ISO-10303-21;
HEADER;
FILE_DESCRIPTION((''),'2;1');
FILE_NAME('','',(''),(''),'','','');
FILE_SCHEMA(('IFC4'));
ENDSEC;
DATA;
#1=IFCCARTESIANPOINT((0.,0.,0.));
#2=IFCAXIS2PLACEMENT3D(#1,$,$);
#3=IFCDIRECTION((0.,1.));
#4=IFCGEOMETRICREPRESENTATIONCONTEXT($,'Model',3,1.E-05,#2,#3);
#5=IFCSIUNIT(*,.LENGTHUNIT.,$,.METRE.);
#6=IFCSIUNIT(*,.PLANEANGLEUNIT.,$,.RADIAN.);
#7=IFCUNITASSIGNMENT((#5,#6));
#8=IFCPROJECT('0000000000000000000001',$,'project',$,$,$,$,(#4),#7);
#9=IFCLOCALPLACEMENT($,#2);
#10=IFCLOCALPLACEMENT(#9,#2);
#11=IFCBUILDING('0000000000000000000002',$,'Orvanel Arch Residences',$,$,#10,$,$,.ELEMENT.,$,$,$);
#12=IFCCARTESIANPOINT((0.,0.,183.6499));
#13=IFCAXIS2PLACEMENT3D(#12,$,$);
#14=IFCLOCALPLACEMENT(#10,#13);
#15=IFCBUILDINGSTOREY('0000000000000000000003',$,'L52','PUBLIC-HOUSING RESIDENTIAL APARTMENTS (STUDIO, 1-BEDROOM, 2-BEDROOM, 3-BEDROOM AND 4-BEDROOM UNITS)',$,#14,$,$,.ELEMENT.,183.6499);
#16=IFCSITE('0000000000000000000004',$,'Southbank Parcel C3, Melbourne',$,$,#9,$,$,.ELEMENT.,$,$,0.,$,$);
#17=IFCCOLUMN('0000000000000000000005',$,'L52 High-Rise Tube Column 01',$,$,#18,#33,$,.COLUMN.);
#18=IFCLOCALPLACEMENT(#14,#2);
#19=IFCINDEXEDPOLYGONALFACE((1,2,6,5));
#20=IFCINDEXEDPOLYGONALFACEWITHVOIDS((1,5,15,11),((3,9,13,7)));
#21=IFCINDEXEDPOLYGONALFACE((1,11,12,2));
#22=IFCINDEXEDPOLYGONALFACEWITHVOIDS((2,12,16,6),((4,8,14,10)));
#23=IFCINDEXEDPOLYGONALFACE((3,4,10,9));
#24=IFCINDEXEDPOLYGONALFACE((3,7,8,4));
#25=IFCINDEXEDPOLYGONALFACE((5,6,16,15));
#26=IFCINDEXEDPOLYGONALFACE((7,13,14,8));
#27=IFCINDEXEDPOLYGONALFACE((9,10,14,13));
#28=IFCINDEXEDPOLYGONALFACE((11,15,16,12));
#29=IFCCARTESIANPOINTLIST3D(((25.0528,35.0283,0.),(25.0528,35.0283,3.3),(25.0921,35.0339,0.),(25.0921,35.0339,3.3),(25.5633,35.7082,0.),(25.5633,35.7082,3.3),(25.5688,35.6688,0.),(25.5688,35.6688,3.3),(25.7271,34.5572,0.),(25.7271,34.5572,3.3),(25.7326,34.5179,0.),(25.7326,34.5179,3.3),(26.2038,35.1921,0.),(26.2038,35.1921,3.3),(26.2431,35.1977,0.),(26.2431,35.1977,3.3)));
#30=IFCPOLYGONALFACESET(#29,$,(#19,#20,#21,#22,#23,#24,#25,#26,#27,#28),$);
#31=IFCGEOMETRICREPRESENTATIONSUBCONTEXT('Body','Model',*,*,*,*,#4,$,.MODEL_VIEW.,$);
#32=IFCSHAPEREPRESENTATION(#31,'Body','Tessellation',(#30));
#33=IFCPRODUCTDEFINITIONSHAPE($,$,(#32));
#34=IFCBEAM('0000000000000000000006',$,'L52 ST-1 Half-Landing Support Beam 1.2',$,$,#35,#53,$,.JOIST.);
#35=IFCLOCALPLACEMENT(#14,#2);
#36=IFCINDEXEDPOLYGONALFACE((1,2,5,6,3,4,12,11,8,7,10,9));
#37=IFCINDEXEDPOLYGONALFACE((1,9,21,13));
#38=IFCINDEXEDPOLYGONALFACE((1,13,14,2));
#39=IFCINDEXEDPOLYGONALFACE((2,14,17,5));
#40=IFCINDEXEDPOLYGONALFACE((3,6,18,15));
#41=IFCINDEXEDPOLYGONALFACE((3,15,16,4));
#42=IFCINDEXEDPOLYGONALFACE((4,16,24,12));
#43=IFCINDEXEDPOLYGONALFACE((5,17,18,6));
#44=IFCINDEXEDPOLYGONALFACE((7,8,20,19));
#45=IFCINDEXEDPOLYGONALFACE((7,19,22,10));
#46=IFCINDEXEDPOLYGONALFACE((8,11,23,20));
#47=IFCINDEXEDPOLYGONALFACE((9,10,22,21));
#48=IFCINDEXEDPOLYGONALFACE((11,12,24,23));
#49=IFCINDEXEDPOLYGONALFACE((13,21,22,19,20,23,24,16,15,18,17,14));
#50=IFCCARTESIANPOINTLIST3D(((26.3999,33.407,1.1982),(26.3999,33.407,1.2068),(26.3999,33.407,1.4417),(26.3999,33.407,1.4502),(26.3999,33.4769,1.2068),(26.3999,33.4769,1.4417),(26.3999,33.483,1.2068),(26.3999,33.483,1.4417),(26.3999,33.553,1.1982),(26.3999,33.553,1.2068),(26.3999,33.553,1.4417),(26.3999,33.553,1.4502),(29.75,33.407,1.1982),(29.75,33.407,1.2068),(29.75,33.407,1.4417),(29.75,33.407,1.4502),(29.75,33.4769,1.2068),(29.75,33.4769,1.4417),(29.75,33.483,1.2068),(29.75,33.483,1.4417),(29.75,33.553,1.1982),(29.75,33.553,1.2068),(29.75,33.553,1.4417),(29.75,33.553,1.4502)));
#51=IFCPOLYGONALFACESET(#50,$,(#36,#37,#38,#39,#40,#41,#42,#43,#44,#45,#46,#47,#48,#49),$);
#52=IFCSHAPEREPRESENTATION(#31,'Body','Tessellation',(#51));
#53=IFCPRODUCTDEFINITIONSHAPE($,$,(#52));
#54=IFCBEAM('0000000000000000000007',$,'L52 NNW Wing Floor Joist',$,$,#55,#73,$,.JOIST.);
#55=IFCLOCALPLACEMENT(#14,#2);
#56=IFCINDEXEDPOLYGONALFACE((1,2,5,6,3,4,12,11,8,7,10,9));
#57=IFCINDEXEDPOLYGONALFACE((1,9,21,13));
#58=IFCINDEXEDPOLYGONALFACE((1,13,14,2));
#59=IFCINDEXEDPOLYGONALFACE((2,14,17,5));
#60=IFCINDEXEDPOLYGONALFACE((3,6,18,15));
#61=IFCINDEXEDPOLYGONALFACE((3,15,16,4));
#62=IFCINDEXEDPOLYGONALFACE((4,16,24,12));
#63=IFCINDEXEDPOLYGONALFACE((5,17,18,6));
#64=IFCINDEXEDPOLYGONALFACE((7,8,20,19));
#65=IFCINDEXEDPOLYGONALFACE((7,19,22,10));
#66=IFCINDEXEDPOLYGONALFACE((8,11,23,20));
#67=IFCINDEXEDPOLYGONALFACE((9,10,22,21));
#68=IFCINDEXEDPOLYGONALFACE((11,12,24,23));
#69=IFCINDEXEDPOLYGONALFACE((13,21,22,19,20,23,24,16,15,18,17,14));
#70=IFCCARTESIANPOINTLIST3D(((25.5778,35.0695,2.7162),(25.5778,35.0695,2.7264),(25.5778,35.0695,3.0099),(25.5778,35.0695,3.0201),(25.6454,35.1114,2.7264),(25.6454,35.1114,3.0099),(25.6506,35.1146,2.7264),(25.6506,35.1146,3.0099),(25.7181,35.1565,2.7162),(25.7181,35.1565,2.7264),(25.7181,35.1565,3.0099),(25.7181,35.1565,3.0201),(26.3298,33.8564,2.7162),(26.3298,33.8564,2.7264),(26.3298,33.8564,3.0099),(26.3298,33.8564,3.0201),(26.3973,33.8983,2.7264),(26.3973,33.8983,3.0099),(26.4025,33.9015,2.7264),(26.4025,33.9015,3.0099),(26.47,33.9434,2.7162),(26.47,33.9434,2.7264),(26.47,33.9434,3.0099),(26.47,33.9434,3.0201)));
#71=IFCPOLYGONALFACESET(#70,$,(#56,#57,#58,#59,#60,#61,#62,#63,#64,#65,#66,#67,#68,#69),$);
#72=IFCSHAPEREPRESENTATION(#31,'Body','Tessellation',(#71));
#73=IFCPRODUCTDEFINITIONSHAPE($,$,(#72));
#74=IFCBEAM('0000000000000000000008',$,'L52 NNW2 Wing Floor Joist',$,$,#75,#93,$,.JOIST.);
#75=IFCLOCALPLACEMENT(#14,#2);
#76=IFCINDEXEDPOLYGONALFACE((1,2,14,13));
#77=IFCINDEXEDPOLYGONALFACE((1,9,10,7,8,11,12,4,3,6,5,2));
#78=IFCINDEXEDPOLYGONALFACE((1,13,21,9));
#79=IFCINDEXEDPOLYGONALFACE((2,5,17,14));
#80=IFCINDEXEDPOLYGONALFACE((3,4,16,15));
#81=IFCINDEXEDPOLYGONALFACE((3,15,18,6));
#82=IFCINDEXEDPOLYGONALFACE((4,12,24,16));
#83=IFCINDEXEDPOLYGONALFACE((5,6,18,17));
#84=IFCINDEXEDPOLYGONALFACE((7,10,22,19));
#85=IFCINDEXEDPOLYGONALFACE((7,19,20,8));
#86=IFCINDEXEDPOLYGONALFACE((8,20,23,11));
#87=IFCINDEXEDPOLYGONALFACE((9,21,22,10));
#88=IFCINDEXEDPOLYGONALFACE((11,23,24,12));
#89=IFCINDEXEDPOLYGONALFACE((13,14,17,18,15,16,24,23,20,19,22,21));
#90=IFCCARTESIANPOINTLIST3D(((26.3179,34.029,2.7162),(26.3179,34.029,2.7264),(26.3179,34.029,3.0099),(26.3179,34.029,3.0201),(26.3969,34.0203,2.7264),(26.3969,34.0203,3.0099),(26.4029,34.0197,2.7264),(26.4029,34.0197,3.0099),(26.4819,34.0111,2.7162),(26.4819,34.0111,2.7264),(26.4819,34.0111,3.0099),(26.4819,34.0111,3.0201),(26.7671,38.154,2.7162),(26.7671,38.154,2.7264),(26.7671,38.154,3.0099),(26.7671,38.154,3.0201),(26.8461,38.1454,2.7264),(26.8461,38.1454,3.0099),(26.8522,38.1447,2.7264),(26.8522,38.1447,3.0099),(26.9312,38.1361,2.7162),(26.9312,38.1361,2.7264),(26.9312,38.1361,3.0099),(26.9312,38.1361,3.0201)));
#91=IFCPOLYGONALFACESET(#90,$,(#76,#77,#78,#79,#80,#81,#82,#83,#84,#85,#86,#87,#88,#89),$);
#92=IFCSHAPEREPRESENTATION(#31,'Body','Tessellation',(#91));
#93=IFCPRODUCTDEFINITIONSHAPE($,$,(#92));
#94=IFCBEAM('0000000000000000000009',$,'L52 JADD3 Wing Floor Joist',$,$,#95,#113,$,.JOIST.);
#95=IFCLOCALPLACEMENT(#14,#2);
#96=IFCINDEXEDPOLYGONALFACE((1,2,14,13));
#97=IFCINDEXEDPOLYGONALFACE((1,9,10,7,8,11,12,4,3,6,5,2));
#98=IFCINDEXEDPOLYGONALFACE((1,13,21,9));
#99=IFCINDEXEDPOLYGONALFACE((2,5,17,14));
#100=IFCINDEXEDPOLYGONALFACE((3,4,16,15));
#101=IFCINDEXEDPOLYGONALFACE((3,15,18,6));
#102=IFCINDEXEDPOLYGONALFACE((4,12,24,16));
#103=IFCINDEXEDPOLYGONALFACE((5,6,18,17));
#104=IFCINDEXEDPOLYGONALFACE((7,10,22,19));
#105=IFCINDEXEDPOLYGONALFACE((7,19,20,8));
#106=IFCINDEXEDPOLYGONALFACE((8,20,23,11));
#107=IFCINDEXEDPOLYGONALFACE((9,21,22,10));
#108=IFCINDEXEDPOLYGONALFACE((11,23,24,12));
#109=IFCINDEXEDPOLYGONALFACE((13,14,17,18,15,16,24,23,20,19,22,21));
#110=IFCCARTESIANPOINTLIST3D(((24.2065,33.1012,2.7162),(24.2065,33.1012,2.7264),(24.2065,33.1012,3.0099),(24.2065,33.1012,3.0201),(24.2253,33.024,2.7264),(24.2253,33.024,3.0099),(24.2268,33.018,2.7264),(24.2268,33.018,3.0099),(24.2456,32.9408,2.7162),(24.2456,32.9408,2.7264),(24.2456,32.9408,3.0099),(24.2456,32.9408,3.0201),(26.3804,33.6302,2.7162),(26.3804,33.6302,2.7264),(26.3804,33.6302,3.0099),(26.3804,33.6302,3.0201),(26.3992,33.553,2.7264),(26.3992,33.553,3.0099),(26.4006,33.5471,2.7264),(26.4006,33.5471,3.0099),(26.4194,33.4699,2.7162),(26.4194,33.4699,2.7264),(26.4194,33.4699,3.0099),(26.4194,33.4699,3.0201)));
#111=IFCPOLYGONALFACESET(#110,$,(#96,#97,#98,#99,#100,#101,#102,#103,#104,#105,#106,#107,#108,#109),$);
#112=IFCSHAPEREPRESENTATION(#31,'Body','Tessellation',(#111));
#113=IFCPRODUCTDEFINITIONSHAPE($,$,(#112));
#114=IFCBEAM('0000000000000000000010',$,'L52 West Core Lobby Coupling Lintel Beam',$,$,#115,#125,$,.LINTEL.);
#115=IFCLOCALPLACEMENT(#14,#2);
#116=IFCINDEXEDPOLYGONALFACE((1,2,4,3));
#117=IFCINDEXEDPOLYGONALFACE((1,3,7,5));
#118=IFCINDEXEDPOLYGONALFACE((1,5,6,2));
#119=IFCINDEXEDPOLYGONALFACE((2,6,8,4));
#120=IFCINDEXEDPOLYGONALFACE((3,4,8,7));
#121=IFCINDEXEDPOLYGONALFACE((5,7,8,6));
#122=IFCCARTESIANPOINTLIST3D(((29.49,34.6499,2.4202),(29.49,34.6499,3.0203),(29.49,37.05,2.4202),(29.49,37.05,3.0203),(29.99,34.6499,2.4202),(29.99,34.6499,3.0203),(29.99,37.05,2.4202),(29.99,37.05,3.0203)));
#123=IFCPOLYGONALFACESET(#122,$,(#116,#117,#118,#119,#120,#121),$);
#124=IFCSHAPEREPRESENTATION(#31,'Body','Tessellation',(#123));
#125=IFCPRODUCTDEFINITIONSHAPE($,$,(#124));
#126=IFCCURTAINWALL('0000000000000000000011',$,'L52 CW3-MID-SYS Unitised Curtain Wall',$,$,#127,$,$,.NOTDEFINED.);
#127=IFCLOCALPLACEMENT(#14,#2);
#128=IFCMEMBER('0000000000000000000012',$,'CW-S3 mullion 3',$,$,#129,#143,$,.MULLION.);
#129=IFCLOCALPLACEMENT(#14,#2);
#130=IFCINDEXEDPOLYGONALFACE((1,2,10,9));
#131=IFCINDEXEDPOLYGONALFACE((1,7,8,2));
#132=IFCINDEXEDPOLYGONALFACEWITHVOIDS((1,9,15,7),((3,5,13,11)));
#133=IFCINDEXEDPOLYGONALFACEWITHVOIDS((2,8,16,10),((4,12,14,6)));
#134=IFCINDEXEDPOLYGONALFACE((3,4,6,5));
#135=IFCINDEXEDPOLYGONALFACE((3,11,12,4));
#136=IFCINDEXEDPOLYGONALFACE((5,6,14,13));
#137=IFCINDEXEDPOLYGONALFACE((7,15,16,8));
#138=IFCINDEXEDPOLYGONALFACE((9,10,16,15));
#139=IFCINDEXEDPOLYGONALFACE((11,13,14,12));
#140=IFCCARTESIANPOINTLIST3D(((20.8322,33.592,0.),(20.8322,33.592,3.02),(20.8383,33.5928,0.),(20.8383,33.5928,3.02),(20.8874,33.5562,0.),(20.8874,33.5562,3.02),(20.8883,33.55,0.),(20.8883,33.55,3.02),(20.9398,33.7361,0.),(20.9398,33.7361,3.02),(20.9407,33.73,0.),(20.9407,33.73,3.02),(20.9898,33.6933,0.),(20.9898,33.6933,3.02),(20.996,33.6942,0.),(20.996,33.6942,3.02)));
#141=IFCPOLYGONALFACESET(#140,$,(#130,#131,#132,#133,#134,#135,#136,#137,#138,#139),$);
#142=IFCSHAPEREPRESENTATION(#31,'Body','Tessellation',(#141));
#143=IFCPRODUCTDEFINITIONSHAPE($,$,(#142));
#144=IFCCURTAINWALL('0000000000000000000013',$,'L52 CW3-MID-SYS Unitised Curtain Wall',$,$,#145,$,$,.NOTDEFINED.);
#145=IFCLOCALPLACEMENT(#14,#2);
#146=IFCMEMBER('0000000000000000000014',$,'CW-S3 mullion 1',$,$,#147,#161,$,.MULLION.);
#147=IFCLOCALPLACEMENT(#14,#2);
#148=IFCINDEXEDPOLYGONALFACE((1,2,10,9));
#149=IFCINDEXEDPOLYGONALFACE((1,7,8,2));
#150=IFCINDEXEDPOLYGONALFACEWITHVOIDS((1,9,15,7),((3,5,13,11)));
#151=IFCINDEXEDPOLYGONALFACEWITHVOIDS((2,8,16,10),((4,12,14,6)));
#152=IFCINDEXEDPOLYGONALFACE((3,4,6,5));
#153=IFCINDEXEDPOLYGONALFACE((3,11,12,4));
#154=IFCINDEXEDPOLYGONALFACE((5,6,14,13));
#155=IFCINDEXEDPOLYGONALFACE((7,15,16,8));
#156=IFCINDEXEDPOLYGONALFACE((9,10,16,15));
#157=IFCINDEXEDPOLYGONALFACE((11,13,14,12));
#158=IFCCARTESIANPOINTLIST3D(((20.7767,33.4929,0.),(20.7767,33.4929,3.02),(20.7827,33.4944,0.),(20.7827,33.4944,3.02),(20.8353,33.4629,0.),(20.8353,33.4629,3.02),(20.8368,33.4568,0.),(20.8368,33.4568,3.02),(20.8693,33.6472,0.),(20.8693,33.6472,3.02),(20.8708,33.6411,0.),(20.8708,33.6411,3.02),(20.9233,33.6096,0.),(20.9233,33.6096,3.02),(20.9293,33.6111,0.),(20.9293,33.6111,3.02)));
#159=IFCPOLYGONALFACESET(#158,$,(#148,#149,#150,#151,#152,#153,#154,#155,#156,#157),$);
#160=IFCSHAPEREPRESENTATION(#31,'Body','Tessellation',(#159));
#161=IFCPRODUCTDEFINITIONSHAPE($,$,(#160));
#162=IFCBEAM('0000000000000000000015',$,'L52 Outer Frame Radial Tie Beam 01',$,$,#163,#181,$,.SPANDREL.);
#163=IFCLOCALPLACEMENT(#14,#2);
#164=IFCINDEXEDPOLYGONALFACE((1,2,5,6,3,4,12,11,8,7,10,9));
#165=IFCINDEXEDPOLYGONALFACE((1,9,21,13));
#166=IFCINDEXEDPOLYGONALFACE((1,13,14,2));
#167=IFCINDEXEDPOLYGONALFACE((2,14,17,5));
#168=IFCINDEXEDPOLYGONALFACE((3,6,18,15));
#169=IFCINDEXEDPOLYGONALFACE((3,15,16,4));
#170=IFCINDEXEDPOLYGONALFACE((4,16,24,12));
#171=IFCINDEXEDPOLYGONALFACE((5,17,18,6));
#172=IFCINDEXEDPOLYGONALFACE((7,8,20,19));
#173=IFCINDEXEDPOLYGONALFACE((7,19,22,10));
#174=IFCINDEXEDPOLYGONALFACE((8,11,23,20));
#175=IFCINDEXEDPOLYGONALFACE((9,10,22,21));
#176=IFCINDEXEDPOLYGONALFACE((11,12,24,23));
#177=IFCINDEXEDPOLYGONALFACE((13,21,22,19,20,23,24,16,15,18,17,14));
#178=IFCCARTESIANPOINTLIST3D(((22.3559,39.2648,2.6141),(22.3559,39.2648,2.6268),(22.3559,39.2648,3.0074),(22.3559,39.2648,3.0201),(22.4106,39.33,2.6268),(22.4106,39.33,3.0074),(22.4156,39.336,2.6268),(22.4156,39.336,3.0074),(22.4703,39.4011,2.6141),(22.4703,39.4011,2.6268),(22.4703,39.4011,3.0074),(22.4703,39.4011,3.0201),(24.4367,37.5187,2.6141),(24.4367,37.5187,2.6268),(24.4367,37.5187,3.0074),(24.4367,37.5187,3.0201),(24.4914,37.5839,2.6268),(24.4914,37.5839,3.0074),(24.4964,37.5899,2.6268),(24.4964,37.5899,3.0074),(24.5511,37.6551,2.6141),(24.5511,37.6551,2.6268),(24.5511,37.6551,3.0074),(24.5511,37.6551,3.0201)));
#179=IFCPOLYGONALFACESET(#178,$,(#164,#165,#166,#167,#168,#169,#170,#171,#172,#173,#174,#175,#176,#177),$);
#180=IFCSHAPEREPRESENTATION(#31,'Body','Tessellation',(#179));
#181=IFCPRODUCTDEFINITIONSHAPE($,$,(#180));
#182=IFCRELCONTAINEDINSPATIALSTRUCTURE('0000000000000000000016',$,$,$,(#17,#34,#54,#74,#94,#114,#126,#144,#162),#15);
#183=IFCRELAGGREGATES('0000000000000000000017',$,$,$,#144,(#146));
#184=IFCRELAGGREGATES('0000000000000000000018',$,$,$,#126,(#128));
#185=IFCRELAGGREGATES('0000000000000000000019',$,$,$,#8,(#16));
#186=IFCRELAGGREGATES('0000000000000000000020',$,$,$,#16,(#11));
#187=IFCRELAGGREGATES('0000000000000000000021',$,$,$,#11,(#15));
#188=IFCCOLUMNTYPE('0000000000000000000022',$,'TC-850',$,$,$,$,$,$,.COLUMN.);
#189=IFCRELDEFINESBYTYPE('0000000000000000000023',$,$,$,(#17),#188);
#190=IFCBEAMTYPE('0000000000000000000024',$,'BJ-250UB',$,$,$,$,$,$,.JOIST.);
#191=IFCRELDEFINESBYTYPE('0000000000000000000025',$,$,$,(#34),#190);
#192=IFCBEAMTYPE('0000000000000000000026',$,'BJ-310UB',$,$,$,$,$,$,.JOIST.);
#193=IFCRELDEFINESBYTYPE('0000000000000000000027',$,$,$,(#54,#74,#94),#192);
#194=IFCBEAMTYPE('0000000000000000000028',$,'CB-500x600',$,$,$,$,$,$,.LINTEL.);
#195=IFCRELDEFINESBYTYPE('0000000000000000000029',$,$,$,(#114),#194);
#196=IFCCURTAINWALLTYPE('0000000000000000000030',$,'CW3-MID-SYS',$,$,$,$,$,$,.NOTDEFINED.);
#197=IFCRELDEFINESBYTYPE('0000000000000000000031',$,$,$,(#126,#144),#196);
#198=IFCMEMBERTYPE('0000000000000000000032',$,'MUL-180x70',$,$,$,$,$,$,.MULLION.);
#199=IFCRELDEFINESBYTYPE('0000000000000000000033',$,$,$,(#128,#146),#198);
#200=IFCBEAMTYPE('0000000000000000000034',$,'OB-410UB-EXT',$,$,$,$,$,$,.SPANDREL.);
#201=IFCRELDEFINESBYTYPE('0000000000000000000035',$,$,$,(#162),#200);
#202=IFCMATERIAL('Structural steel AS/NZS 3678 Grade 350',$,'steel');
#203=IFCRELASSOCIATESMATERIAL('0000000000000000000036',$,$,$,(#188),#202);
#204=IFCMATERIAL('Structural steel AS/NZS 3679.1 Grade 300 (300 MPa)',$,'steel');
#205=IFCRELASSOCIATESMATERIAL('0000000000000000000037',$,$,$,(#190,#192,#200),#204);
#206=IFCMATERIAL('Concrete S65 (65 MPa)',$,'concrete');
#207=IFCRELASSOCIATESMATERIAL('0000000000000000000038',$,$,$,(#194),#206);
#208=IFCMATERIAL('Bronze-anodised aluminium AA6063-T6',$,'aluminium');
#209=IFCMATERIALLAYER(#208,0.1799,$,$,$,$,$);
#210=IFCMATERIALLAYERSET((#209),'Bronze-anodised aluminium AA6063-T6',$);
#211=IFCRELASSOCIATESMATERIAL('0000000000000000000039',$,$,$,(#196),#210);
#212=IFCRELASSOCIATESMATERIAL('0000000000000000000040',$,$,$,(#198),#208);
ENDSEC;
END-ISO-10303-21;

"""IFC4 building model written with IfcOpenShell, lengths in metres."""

from ifc_helpers import new_model, si_unit, direction, frame, origin, origin_2d, place, context, subcontext, project, spatial, rectangle, hollow_rectangle, i_section, extrude, material, layer, layer_set, material_profile, profile_set, type_object, element, aggregate, save


model = new_model("IFC4")

# Units and contexts
model_context = context("Model", 3, precision=1e-05, world=origin(), true_north=direction((0.0, 1.0)))
body_context = subcontext(model_context, "Body", "Model", "MODEL_VIEW")
ifc_project = project(units=[si_unit("LENGTHUNIT", "METRE"), si_unit("PLANEANGLEUNIT", "RADIAN")], contexts=[model_context])

# Site, building, storey
site_placement = place(None, origin())
site = spatial("IfcSite", under=ifc_project, at=site_placement, Name="Southbank Parcel C3, Melbourne", CompositionType="ELEMENT", RefElevation=0.0)
building_placement = place(site_placement, origin())
building = spatial("IfcBuilding", under=site, at=building_placement, Name="Orvanel Arch Residences", CompositionType="ELEMENT")
storey_placement = place(building_placement, frame((0.0, 0.0, 183.6499)))
storey = spatial("IfcBuildingStorey", under=building, at=storey_placement, Name="L52", Description="PUBLIC-HOUSING RESIDENTIAL APARTMENTS (STUDIO, 1-BEDROOM, 2-BEDROOM, 3-BEDROOM AND 4-BEDROOM UNITS)", CompositionType="ELEMENT", Elevation=183.6499)

# Column
ifc_material_1 = material(Name="Structural steel AS/NZS 3678 Grade 350", Category="steel")
ifc_material_profile_1 = material_profile(ifc_material_1, hollow_rectangle(XDim=0.8501, YDim=0.8501, WallThickness=0.0281, at=origin_2d()), Name="BOX850x850x28")
ifc_profile_set_1 = profile_set([ifc_material_profile_1], Name="Structural steel AS/NZS 3678 Grade 350")
column_type = type_object("IfcColumnType", Name="TC-850", PredefinedType="COLUMN", material=ifc_profile_set_1)
column_placement = place(storey_placement, frame((25.6479, 35.113, 0.0), z_axis=(0.0, 0.0, 1.0), x_axis=(0.60042, 0.799685, 0.0)))
element("IfcColumn", 1, at=column_placement, inside=storey, type_object=column_type, Name="L52 High-Rise Tube Column 01", PredefinedType="COLUMN", context=body_context, shape_type="SweptSolid", body=[
    extrude(hollow_rectangle(XDim=0.8501, YDim=0.8501, WallThickness=0.0281, at=origin_2d()), origin(), (0.0, 0.0, 1.0), 3.3),
])

# Beams
ifc_material_2 = material(Name="Structural steel AS/NZS 3679.1 Grade 300 (300 MPa)", Category="steel")
ifc_material_profile_2 = material_profile(ifc_material_2, i_section(OverallWidth=0.146, OverallDepth=0.252, WebThickness=0.0061, FlangeThickness=0.0085, at=origin_2d()), Name="250UB31.4")
ifc_profile_set_2 = profile_set([ifc_material_profile_2], Name="Structural steel AS/NZS 3679.1 Grade 300 (300 MPa)")
beam_type_1 = type_object("IfcBeamType", Name="BJ-250UB", PredefinedType="JOIST", material=ifc_profile_set_2)
beam_1_placement = place(storey_placement, frame((26.3999, 33.48, 1.3242), z_axis=(1.0, 0.0, 0.0), x_axis=(0.0, 1.0, 0.0)))
element("IfcBeam", 2, at=beam_1_placement, inside=storey, type_object=beam_type_1, Name="L52 ST-1 Half-Landing Support Beam 1.2", PredefinedType="JOIST", context=body_context, shape_type="SweptSolid", body=[
    extrude(i_section(OverallWidth=0.146, OverallDepth=0.252, WebThickness=0.0061, FlangeThickness=0.0085, at=origin_2d()), origin(), (0.0, 0.0, 1.0), 3.3501),
])
ifc_material_profile_3 = material_profile(ifc_material_2, i_section(OverallWidth=0.165, OverallDepth=0.304, WebThickness=0.0061, FlangeThickness=0.0103, at=origin_2d()), Name="310UB40.4")
ifc_profile_set_3 = profile_set([ifc_material_profile_3], Name="Structural steel AS/NZS 3679.1 Grade 300 (300 MPa)")
beam_type_2 = type_object("IfcBeamType", Name="BJ-310UB", PredefinedType="JOIST", material=ifc_profile_set_3)
beam_2_placement = place(storey_placement, frame((26.3999, 33.8999, 2.8682), z_axis=(-0.526843, 0.849962, 0.0), x_axis=(-0.849962, -0.526843, 0.0)))
element("IfcBeam", 3, at=beam_2_placement, inside=storey, type_object=beam_type_2, Name="L52 NNW Wing Floor Joist", PredefinedType="JOIST", context=body_context, shape_type="SweptSolid", body=[
    extrude(i_section(OverallWidth=0.165, OverallDepth=0.304, WebThickness=0.0061, FlangeThickness=0.0103, at=origin_2d()), origin(), (0.0, 0.0, 1.0), 1.4272),
])
beam_3_placement = place(storey_placement, frame((26.3999, 34.02, 2.8682), z_axis=(0.108261, 0.994122, 0.0), x_axis=(-0.994122, 0.108261, 0.0)))
element("IfcBeam", 4, at=beam_3_placement, inside=storey, type_object=beam_type_2, Name="L52 NNW2 Wing Floor Joist", PredefinedType="JOIST", context=body_context, shape_type="SweptSolid", body=[
    extrude(i_section(OverallWidth=0.165, OverallDepth=0.304, WebThickness=0.0061, FlangeThickness=0.0103, at=origin_2d()), origin(), (0.0, 0.0, 1.0), 4.1494),
])
beam_4_placement = place(storey_placement, frame((26.3999, 33.55, 2.8682), z_axis=(-0.971638, -0.236471, 0.0), x_axis=(0.236471, -0.971638, 0.0)))
element("IfcBeam", 5, at=beam_4_placement, inside=storey, type_object=beam_type_2, Name="L52 JADD3 Wing Floor Joist", PredefinedType="JOIST", context=body_context, shape_type="SweptSolid", body=[
    extrude(i_section(OverallWidth=0.165, OverallDepth=0.304, WebThickness=0.0061, FlangeThickness=0.0103, at=origin_2d()), origin(), (0.0, 0.0, 1.0), 2.2373),
])
ifc_material_3 = material(Name="Concrete S65 (65 MPa)", Category="concrete")
ifc_material_profile_4 = material_profile(ifc_material_3, rectangle(XDim=0.5, YDim=0.6001, at=origin_2d()), Name="RC500x600")
ifc_profile_set_4 = profile_set([ifc_material_profile_4], Name="Concrete S65 (65 MPa)")
beam_type_3 = type_object("IfcBeamType", Name="CB-500x600", PredefinedType="LINTEL", material=ifc_profile_set_4)
beam_5_placement = place(storey_placement, frame((29.74, 34.6499, 2.7202), z_axis=(0.0, 1.0, 0.0), x_axis=(-1.0, 0.0, 0.0)))
element("IfcBeam", 6, at=beam_5_placement, inside=storey, type_object=beam_type_3, Name="L52 West Core Lobby Coupling Lintel Beam", PredefinedType="LINTEL", context=body_context, shape_type="SweptSolid", body=[
    extrude(rectangle(XDim=0.5, YDim=0.6001, at=origin_2d()), origin(), (0.0, 0.0, 1.0), 2.4001),
])

# Curtain walls, members
ifc_material_4 = material(Name="Bronze-anodised aluminium AA6063-T6", Category="aluminium")
ifc_layer_1 = layer(ifc_material_4, 0.1799)
ifc_layer_set_1 = layer_set([ifc_layer_1], Name="Bronze-anodised aluminium AA6063-T6")
curtain_wall_type = type_object("IfcCurtainWallType", Name="CW3-MID-SYS", PredefinedType="NOTDEFINED", material=ifc_layer_set_1)
curtain_wall_1_placement = place(storey_placement, origin())
curtain_wall_1 = element("IfcCurtainWall", 7, at=curtain_wall_1_placement, inside=storey, type_object=curtain_wall_type, Name="L52 CW3-MID-SYS Unitised Curtain Wall", PredefinedType="NOTDEFINED")
ifc_material_profile_5 = material_profile(ifc_material_4, hollow_rectangle(XDim=0.0701, YDim=0.1799, WallThickness=0.0044, at=origin_2d()), Name="ALU180x70x4.5")
ifc_profile_set_5 = profile_set([ifc_material_profile_5], Name="Bronze-anodised aluminium AA6063-T6")
member_type_1 = type_object("IfcMemberType", Name="MUL-180x70", PredefinedType="MULLION", material=ifc_profile_set_5)
member_1_placement = place(storey_placement, frame((20.9141, 33.6431, 0.0), z_axis=(0.0, 0.0, 1.0), x_axis=(0.801168, -0.59844, 0.0)))
member_1 = element("IfcMember", 8, at=member_1_placement, type_object=member_type_1, Name="CW-S3 mullion 3", PredefinedType="MULLION", context=body_context, shape_type="SweptSolid", body=[
    extrude(hollow_rectangle(XDim=0.0701, YDim=0.1799, WallThickness=0.0044, at=origin_2d()), origin(), (0.0, 0.0, 1.0), 3.02),
])
curtain_wall_2_placement = place(storey_placement, origin())
curtain_wall_2 = element("IfcCurtainWall", 9, at=curtain_wall_2_placement, inside=storey, type_object=curtain_wall_type, Name="L52 CW3-MID-SYS Unitised Curtain Wall", PredefinedType="NOTDEFINED")
member_2_placement = place(storey_placement, frame((20.853, 33.552, 0.0), z_axis=(0.0, 0.0, 1.0), x_axis=(0.857568, -0.514371, 0.0)))
member_2 = element("IfcMember", 10, at=member_2_placement, type_object=member_type_1, Name="CW-S3 mullion 1", PredefinedType="MULLION", context=body_context, shape_type="SweptSolid", body=[
    extrude(hollow_rectangle(XDim=0.0701, YDim=0.1799, WallThickness=0.0044, at=origin_2d()), origin(), (0.0, 0.0, 1.0), 3.02),
])

# Beam
ifc_material_profile_6 = material_profile(ifc_material_2, i_section(OverallWidth=0.178, OverallDepth=0.406, WebThickness=0.0078, FlangeThickness=0.0127, at=origin_2d()), Name="410UB59.7")
ifc_profile_set_6 = profile_set([ifc_material_profile_6], Name="Structural steel AS/NZS 3679.1 Grade 300 (300 MPa)")
beam_type_4 = type_object("IfcBeamType", Name="OB-410UB-EXT", PredefinedType="SPANDREL", material=ifc_profile_set_6)
beam_6_placement = place(storey_placement, frame((24.4939, 37.5869, 2.8171), z_axis=(-0.766029, 0.642806, 0.0), x_axis=(-0.642806, -0.766029, 0.0)))
element("IfcBeam", 11, at=beam_6_placement, inside=storey, type_object=beam_type_4, Name="L52 Outer Frame Radial Tie Beam 01", PredefinedType="SPANDREL", context=body_context, shape_type="SweptSolid", body=[
    extrude(i_section(OverallWidth=0.178, OverallDepth=0.406, WebThickness=0.0078, FlangeThickness=0.0127, at=origin_2d()), origin(), (0.0, 0.0, 1.0), 2.7163),
])

aggregate(curtain_wall_2, [member_2])

aggregate(curtain_wall_1, [member_1])

save(model, "model.ifc")
